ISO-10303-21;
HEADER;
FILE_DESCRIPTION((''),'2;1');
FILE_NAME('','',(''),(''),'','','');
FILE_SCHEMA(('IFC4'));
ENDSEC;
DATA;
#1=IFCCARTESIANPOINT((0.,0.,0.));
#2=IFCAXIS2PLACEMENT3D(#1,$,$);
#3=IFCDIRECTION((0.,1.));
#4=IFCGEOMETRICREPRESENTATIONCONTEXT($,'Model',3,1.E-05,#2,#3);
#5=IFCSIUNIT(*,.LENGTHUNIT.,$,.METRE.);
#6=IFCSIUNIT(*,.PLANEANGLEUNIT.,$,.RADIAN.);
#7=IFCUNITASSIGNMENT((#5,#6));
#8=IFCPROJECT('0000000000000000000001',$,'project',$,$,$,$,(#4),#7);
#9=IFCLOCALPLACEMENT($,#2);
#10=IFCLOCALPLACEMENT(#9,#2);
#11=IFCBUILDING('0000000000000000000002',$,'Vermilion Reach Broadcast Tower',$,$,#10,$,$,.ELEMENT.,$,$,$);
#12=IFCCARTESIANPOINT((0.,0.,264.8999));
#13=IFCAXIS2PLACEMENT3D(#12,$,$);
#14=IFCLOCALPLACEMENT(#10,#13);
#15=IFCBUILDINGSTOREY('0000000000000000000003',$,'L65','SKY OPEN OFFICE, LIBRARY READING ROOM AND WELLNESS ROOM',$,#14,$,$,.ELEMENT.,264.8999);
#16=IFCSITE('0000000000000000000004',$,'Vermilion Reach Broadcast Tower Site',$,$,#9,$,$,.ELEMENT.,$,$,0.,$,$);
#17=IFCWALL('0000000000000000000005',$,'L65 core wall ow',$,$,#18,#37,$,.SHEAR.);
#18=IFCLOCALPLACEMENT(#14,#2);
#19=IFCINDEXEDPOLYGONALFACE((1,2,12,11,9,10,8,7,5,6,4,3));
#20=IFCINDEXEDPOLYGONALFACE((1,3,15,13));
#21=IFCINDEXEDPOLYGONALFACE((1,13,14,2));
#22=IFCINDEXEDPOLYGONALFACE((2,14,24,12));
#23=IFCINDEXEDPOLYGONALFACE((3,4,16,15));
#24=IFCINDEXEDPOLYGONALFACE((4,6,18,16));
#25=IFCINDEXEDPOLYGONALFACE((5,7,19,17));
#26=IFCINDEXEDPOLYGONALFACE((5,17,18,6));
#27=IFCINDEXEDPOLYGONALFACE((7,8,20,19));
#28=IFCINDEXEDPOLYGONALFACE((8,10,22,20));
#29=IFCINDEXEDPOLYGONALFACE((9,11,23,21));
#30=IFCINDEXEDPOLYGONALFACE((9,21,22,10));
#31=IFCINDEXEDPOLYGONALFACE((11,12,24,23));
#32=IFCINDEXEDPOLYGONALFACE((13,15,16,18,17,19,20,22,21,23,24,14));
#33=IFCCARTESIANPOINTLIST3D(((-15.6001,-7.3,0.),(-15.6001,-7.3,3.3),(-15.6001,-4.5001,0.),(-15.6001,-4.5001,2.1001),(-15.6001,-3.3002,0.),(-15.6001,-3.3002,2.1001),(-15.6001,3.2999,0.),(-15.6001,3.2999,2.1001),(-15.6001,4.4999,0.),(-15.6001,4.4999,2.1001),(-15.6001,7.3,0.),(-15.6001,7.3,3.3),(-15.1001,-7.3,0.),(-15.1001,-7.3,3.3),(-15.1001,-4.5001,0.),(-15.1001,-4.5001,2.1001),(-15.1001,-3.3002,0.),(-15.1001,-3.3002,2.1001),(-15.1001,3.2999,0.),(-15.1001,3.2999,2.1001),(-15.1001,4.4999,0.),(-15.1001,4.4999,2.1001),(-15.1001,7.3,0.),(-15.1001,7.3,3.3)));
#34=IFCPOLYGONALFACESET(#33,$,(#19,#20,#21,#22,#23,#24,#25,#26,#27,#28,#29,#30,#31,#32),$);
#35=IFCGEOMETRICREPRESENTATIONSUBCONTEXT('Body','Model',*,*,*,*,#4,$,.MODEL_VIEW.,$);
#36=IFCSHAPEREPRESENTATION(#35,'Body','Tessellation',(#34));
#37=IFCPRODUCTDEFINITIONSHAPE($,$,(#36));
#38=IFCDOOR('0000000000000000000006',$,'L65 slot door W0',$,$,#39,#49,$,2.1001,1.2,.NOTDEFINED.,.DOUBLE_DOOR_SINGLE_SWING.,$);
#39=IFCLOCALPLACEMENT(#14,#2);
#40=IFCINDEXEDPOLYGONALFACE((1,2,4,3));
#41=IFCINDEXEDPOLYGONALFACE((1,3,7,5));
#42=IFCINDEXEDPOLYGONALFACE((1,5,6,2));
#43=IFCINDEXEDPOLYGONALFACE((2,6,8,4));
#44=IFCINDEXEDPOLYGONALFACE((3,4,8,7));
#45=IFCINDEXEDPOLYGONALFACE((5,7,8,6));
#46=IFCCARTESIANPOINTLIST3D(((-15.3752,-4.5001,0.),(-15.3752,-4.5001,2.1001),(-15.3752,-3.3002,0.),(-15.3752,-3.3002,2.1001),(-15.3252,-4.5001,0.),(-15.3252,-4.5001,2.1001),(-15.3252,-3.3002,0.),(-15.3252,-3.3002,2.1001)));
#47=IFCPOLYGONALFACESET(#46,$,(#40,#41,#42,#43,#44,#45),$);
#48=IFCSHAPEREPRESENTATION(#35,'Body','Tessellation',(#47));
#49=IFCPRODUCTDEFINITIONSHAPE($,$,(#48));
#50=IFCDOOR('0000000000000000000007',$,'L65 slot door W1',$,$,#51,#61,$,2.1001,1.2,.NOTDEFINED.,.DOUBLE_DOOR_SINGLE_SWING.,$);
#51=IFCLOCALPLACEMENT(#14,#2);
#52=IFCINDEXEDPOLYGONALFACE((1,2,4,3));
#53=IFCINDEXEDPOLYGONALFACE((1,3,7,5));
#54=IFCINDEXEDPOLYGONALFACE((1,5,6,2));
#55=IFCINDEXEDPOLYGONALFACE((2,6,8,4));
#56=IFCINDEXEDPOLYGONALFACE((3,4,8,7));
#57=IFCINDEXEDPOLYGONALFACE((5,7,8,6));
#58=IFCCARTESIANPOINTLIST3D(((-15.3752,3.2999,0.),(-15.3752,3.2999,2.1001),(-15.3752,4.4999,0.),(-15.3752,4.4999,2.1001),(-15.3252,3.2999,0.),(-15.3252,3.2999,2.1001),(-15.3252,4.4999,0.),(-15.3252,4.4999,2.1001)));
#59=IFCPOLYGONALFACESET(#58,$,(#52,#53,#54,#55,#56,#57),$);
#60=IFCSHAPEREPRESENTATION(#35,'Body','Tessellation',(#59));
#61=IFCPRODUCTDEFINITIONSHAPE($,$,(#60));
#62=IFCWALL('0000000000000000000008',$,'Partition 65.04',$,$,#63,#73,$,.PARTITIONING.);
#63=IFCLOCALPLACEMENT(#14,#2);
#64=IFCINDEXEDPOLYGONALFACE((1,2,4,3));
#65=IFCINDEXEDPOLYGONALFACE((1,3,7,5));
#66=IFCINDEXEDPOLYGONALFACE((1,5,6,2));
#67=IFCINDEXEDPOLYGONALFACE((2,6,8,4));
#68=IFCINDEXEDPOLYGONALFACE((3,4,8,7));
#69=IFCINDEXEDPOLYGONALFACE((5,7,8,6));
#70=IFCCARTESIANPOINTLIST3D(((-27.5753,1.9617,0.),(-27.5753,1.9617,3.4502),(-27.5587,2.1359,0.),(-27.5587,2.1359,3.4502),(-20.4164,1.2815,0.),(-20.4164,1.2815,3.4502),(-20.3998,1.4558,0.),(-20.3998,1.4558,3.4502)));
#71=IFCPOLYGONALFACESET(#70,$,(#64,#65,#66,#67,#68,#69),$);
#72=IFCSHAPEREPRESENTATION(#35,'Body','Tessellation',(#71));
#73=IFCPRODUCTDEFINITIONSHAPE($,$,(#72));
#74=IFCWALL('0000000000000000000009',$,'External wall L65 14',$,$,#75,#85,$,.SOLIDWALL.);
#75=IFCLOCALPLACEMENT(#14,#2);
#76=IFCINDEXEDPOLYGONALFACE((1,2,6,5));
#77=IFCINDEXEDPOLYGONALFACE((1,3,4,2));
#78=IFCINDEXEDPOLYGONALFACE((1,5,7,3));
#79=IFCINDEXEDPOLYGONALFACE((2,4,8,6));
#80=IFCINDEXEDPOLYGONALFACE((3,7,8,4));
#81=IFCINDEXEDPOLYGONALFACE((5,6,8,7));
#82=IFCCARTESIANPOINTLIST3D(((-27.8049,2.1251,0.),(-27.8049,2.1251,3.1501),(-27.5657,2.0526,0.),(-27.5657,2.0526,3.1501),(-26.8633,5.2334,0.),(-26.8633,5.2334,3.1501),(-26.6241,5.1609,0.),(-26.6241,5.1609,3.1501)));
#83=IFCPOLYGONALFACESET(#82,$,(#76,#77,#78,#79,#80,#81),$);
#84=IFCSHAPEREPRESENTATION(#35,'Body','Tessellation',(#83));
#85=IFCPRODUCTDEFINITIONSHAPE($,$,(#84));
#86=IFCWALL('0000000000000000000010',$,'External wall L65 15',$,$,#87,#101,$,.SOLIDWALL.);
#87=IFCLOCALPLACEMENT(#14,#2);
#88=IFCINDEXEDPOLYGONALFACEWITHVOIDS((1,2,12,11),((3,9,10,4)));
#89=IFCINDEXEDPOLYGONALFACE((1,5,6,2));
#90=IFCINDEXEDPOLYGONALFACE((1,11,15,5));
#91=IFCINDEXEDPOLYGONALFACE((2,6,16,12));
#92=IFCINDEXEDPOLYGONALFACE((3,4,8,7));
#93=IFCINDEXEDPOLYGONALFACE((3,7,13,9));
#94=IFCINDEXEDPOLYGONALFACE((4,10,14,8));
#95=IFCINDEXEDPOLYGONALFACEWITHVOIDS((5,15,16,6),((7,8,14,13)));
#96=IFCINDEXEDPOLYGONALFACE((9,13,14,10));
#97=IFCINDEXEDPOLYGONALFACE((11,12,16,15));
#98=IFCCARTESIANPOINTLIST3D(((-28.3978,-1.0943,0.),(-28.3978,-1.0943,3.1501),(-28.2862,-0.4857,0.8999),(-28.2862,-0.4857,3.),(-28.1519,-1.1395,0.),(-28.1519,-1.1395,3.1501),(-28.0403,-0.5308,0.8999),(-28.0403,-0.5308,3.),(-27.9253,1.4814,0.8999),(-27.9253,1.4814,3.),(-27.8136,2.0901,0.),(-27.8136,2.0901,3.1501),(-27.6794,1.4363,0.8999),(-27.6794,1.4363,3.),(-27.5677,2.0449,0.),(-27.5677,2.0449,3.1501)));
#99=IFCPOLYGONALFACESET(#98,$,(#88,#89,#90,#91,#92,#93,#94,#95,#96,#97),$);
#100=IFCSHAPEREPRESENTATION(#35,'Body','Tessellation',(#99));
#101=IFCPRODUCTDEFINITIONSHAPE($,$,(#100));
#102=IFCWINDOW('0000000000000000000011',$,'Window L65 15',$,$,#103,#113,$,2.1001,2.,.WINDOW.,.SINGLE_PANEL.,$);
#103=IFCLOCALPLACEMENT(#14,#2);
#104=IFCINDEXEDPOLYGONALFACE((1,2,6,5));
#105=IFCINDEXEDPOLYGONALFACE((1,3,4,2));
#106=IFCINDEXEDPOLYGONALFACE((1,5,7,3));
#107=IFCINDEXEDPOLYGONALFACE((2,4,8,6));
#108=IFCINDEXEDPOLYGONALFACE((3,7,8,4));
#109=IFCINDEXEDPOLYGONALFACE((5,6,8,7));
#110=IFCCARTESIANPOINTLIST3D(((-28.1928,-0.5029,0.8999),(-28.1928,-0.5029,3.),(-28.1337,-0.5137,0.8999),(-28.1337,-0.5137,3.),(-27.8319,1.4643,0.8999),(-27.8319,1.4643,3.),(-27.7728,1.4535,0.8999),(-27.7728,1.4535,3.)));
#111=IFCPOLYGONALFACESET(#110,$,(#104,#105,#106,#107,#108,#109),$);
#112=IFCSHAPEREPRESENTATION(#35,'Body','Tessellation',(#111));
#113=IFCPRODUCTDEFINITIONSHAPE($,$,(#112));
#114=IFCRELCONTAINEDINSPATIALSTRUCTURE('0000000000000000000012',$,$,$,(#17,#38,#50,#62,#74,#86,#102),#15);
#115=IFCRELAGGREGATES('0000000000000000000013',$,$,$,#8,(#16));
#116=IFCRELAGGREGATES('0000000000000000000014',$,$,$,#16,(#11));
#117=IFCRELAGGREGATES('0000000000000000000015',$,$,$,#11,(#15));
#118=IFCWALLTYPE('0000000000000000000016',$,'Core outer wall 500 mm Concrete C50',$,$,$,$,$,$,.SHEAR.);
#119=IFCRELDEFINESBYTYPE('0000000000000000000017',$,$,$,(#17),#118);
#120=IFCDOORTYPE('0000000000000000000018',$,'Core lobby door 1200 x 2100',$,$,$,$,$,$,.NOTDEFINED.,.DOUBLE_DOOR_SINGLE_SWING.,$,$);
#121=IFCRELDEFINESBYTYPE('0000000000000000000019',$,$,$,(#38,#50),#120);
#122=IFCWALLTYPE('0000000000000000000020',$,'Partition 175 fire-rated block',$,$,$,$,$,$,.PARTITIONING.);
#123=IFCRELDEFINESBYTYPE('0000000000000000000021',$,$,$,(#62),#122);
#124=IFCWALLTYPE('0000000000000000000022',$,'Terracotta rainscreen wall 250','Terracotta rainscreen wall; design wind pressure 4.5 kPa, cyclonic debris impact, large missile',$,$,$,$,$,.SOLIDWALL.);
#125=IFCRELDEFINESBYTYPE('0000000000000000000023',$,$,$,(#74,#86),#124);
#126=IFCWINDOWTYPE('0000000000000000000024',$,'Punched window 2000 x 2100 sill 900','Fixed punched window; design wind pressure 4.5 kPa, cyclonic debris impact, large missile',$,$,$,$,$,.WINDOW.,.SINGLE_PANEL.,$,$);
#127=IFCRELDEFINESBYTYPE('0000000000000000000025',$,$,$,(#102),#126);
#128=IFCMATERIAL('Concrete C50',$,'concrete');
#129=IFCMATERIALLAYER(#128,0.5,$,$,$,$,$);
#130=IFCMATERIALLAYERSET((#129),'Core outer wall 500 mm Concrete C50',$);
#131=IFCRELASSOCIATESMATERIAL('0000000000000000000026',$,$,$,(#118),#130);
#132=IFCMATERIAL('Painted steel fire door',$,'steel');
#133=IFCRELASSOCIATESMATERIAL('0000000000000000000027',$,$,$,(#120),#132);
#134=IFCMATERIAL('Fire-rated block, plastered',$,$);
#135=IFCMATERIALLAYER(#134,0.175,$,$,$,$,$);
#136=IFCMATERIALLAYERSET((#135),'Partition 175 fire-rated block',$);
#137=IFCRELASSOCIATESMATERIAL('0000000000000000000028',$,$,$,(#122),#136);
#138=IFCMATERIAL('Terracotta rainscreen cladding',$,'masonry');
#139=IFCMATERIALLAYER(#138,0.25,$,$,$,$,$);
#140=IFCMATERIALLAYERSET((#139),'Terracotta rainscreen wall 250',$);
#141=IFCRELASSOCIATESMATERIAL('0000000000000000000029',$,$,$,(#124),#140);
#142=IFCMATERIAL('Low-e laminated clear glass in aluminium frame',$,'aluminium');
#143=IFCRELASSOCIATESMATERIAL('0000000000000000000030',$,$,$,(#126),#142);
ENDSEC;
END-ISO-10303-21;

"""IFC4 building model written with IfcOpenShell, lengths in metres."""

from ifc_helpers import new_model, si_unit, direction, frame, frame_2d, origin, place, context, subcontext, project, spatial, rectangle, extrude, material, layer, layer_set, type_object, element, fill, save


model = new_model("IFC4")

# Units and contexts
model_context = context("Model", 3, precision=1e-05, world=origin(), true_north=direction((0.0, 1.0)))
body_context = subcontext(model_context, "Body", "Model", "MODEL_VIEW")
ifc_project = project(units=[si_unit("LENGTHUNIT", "METRE"), si_unit("PLANEANGLEUNIT", "RADIAN")], contexts=[model_context])

# Site, building, storey
site_placement = place(None, origin())
site = spatial("IfcSite", under=ifc_project, at=site_placement, Name="Vermilion Reach Broadcast Tower Site", CompositionType="ELEMENT", RefElevation=0.0)
building_placement = place(site_placement, origin())
building = spatial("IfcBuilding", under=site, at=building_placement, Name="Vermilion Reach Broadcast Tower", CompositionType="ELEMENT")
storey_placement = place(building_placement, frame((0.0, 0.0, 264.8999)))
storey = spatial("IfcBuildingStorey", under=building, at=storey_placement, Name="L65", Description="SKY OPEN OFFICE, LIBRARY READING ROOM AND WELLNESS ROOM", CompositionType="ELEMENT", Elevation=264.8999)

# Wall, openings, doors
ifc_material_1 = material(Name="Concrete C50", Category="concrete")
ifc_layer_1 = layer(ifc_material_1, 0.5)
ifc_layer_set_1 = layer_set([ifc_layer_1], Name="Core outer wall 500 mm Concrete C50")
wall_type_1 = type_object("IfcWallType", Name="Core outer wall 500 mm Concrete C50", PredefinedType="SHEAR", material=ifc_layer_set_1)
wall_1_placement = place(storey_placement, frame((-15.3501, 7.3, 0.0), z_axis=(0.0, 0.0, 1.0), x_axis=(0.0, -1.0, 0.0)))
wall_1 = element("IfcWall", 1, at=wall_1_placement, inside=storey, type_object=wall_type_1, Name="L65 core wall ow", PredefinedType="SHEAR", context=body_context, shape_type="SweptSolid", body=[
    extrude(rectangle(XDim=14.6001, YDim=0.5, at=frame_2d((7.3, 0.0))), origin(), (0.0, 0.0, 1.0), 3.3),
])
opening_1_placement = place(wall_1_placement, frame((10.6001, 0.0, 0.0)))
opening_1 = element("IfcOpeningElement", 2, at=opening_1_placement, cuts=wall_1, PredefinedType="OPENING", context=body_context, shape_type="SweptSolid", body=[
    extrude(rectangle(XDim=1.2, YDim=2.1001, at=frame_2d((0.6001, 1.05))), frame((0.0, 0.26, 0.0), z_axis=(0.0, -1.0, 0.0), x_axis=(1.0, 0.0, 0.0)), (0.0, 0.0, 1.0), 0.52),
])
opening_2_placement = place(wall_1_placement, frame((2.8, 0.0, 0.0)))
opening_2 = element("IfcOpeningElement", 3, at=opening_2_placement, cuts=wall_1, PredefinedType="OPENING", context=body_context, shape_type="SweptSolid", body=[
    extrude(rectangle(XDim=1.2, YDim=2.1001, at=frame_2d((0.6001, 1.05))), frame((0.0, 0.26, 0.0), z_axis=(0.0, -1.0, 0.0), x_axis=(1.0, 0.0, 0.0)), (0.0, 0.0, 1.0), 0.52),
])
ifc_material_2 = material(Name="Painted steel fire door", Category="steel")
door_type_1 = type_object("IfcDoorType", Name="Core lobby door 1200 x 2100", OperationType="DOUBLE_DOOR_SINGLE_SWING", PredefinedType="NOTDEFINED", material=ifc_material_2)
door_1_placement = place(opening_1_placement, origin())
door_1 = element("IfcDoor", 4, at=door_1_placement, inside=storey, type_object=door_type_1, Name="L65 slot door W0", OperationType="DOUBLE_DOOR_SINGLE_SWING", OverallHeight=2.1001, OverallWidth=1.2, PredefinedType="NOTDEFINED", context=body_context, shape_type="SweptSolid", body=[
    extrude(rectangle(XDim=1.2, YDim=2.1001, at=frame_2d((0.6001, 1.05))), frame((0.0, 0.0249, 0.0), z_axis=(0.0, -1.0, 0.0), x_axis=(1.0, 0.0, 0.0)), (0.0, 0.0, 1.0), 0.05),
])
fill(opening_1, door_1)
door_2_placement = place(opening_2_placement, origin())
door_2 = element("IfcDoor", 5, at=door_2_placement, inside=storey, type_object=door_type_1, Name="L65 slot door W1", OperationType="DOUBLE_DOOR_SINGLE_SWING", OverallHeight=2.1001, OverallWidth=1.2, PredefinedType="NOTDEFINED", context=body_context, shape_type="SweptSolid", body=[
    extrude(rectangle(XDim=1.2, YDim=2.1001, at=frame_2d((0.6001, 1.05))), frame((0.0, 0.0249, 0.0), z_axis=(0.0, -1.0, 0.0), x_axis=(1.0, 0.0, 0.0)), (0.0, 0.0, 1.0), 0.05),
])
fill(opening_2, door_2)

# Walls
ifc_material_3 = material(Name="Fire-rated block, plastered")
ifc_layer_2 = layer(ifc_material_3, 0.175)
ifc_layer_set_2 = layer_set([ifc_layer_2], Name="Partition 175 fire-rated block")
wall_type_2 = type_object("IfcWallType", Name="Partition 175 fire-rated block", PredefinedType="PARTITIONING", material=ifc_layer_set_2)
wall_2_placement = place(storey_placement, frame((-27.5671, 2.0488, 0.0), z_axis=(0.0, 0.0, 1.0), x_axis=(0.995517, -0.094585, 0.0)))
element("IfcWall", 6, at=wall_2_placement, inside=storey, type_object=wall_type_2, Name="Partition 65.04", PredefinedType="PARTITIONING", context=body_context, shape_type="SweptSolid", body=[
    extrude(rectangle(XDim=7.1912, YDim=0.175, at=frame_2d((3.5957, 0.0))), origin(), (0.0, 0.0, 1.0), 3.4502),
])
ifc_material_4 = material(Name="Terracotta rainscreen cladding", Category="masonry")
ifc_layer_3 = layer(ifc_material_4, 0.25)
ifc_layer_set_3 = layer_set([ifc_layer_3], Name="Terracotta rainscreen wall 250")
wall_type_3 = type_object("IfcWallType", Name="Terracotta rainscreen wall 250", Description="Terracotta rainscreen wall; design wind pressure 4.5 kPa, cyclonic debris impact, large missile", PredefinedType="SOLIDWALL", material=ifc_layer_set_3)
wall_3_placement = place(storey_placement, frame((-26.7437, 5.1973, 0.0), z_axis=(0.0, 0.0, 1.0), x_axis=(-0.289926, -0.957049, 0.0)))
element("IfcWall", 7, at=wall_3_placement, inside=storey, type_object=wall_type_3, Name="External wall L65 14", PredefinedType="SOLIDWALL", context=body_context, shape_type="SweptSolid", body=[
    extrude(rectangle(XDim=3.2478, YDim=0.25, at=frame_2d((1.624, 0.0))), origin(), (0.0, 0.0, 1.0), 3.1501),
])

# Wall, opening, window
wall_4_placement = place(storey_placement, frame((-27.6907, 2.0674, 0.0), z_axis=(0.0, 0.0, 1.0), x_axis=(-0.180458, -0.983583, 0.0)))
wall_4 = element("IfcWall", 8, at=wall_4_placement, inside=storey, type_object=wall_type_3, Name="External wall L65 15", PredefinedType="SOLIDWALL", context=body_context, shape_type="SweptSolid", body=[
    extrude(rectangle(XDim=3.2375, YDim=0.25, at=frame_2d((1.6187, 0.0))), origin(), (0.0, 0.0, 1.0), 3.1501),
])
opening_3_placement = place(wall_4_placement, frame((0.6187, 0.0, 0.8999)))
opening_3 = element("IfcOpeningElement", 9, at=opening_3_placement, cuts=wall_4, PredefinedType="OPENING", context=body_context, shape_type="SweptSolid", body=[
    extrude(rectangle(XDim=2.0, YDim=2.1001, at=frame_2d((1.0, 1.05))), frame((0.0, 0.135, 0.0), z_axis=(0.0, -1.0, 0.0), x_axis=(1.0, 0.0, 0.0)), (0.0, 0.0, 1.0), 0.27),
])
ifc_material_5 = material(Name="Low-e laminated clear glass in aluminium frame", Category="aluminium")
window_type = type_object("IfcWindowType", Name="Punched window 2000 x 2100 sill 900", Description="Fixed punched window; design wind pressure 4.5 kPa, cyclonic debris impact, large missile", PartitioningType="SINGLE_PANEL", PredefinedType="WINDOW", material=ifc_material_5)
window_placement = place(opening_3_placement, origin())
window = element("IfcWindow", 10, at=window_placement, inside=storey, type_object=window_type, Name="Window L65 15", OverallHeight=2.1001, OverallWidth=2.0, PartitioningType="SINGLE_PANEL", PredefinedType="WINDOW", context=body_context, shape_type="SweptSolid", body=[
    extrude(rectangle(XDim=2.0, YDim=2.1001, at=frame_2d((1.0, 1.05))), frame((0.0, 0.03, 0.0), z_axis=(0.0, -1.0, 0.0), x_axis=(1.0, 0.0, 0.0)), (0.0, 0.0, 1.0), 0.0601),
])
fill(opening_3, window)

save(model, "model.ifc")
